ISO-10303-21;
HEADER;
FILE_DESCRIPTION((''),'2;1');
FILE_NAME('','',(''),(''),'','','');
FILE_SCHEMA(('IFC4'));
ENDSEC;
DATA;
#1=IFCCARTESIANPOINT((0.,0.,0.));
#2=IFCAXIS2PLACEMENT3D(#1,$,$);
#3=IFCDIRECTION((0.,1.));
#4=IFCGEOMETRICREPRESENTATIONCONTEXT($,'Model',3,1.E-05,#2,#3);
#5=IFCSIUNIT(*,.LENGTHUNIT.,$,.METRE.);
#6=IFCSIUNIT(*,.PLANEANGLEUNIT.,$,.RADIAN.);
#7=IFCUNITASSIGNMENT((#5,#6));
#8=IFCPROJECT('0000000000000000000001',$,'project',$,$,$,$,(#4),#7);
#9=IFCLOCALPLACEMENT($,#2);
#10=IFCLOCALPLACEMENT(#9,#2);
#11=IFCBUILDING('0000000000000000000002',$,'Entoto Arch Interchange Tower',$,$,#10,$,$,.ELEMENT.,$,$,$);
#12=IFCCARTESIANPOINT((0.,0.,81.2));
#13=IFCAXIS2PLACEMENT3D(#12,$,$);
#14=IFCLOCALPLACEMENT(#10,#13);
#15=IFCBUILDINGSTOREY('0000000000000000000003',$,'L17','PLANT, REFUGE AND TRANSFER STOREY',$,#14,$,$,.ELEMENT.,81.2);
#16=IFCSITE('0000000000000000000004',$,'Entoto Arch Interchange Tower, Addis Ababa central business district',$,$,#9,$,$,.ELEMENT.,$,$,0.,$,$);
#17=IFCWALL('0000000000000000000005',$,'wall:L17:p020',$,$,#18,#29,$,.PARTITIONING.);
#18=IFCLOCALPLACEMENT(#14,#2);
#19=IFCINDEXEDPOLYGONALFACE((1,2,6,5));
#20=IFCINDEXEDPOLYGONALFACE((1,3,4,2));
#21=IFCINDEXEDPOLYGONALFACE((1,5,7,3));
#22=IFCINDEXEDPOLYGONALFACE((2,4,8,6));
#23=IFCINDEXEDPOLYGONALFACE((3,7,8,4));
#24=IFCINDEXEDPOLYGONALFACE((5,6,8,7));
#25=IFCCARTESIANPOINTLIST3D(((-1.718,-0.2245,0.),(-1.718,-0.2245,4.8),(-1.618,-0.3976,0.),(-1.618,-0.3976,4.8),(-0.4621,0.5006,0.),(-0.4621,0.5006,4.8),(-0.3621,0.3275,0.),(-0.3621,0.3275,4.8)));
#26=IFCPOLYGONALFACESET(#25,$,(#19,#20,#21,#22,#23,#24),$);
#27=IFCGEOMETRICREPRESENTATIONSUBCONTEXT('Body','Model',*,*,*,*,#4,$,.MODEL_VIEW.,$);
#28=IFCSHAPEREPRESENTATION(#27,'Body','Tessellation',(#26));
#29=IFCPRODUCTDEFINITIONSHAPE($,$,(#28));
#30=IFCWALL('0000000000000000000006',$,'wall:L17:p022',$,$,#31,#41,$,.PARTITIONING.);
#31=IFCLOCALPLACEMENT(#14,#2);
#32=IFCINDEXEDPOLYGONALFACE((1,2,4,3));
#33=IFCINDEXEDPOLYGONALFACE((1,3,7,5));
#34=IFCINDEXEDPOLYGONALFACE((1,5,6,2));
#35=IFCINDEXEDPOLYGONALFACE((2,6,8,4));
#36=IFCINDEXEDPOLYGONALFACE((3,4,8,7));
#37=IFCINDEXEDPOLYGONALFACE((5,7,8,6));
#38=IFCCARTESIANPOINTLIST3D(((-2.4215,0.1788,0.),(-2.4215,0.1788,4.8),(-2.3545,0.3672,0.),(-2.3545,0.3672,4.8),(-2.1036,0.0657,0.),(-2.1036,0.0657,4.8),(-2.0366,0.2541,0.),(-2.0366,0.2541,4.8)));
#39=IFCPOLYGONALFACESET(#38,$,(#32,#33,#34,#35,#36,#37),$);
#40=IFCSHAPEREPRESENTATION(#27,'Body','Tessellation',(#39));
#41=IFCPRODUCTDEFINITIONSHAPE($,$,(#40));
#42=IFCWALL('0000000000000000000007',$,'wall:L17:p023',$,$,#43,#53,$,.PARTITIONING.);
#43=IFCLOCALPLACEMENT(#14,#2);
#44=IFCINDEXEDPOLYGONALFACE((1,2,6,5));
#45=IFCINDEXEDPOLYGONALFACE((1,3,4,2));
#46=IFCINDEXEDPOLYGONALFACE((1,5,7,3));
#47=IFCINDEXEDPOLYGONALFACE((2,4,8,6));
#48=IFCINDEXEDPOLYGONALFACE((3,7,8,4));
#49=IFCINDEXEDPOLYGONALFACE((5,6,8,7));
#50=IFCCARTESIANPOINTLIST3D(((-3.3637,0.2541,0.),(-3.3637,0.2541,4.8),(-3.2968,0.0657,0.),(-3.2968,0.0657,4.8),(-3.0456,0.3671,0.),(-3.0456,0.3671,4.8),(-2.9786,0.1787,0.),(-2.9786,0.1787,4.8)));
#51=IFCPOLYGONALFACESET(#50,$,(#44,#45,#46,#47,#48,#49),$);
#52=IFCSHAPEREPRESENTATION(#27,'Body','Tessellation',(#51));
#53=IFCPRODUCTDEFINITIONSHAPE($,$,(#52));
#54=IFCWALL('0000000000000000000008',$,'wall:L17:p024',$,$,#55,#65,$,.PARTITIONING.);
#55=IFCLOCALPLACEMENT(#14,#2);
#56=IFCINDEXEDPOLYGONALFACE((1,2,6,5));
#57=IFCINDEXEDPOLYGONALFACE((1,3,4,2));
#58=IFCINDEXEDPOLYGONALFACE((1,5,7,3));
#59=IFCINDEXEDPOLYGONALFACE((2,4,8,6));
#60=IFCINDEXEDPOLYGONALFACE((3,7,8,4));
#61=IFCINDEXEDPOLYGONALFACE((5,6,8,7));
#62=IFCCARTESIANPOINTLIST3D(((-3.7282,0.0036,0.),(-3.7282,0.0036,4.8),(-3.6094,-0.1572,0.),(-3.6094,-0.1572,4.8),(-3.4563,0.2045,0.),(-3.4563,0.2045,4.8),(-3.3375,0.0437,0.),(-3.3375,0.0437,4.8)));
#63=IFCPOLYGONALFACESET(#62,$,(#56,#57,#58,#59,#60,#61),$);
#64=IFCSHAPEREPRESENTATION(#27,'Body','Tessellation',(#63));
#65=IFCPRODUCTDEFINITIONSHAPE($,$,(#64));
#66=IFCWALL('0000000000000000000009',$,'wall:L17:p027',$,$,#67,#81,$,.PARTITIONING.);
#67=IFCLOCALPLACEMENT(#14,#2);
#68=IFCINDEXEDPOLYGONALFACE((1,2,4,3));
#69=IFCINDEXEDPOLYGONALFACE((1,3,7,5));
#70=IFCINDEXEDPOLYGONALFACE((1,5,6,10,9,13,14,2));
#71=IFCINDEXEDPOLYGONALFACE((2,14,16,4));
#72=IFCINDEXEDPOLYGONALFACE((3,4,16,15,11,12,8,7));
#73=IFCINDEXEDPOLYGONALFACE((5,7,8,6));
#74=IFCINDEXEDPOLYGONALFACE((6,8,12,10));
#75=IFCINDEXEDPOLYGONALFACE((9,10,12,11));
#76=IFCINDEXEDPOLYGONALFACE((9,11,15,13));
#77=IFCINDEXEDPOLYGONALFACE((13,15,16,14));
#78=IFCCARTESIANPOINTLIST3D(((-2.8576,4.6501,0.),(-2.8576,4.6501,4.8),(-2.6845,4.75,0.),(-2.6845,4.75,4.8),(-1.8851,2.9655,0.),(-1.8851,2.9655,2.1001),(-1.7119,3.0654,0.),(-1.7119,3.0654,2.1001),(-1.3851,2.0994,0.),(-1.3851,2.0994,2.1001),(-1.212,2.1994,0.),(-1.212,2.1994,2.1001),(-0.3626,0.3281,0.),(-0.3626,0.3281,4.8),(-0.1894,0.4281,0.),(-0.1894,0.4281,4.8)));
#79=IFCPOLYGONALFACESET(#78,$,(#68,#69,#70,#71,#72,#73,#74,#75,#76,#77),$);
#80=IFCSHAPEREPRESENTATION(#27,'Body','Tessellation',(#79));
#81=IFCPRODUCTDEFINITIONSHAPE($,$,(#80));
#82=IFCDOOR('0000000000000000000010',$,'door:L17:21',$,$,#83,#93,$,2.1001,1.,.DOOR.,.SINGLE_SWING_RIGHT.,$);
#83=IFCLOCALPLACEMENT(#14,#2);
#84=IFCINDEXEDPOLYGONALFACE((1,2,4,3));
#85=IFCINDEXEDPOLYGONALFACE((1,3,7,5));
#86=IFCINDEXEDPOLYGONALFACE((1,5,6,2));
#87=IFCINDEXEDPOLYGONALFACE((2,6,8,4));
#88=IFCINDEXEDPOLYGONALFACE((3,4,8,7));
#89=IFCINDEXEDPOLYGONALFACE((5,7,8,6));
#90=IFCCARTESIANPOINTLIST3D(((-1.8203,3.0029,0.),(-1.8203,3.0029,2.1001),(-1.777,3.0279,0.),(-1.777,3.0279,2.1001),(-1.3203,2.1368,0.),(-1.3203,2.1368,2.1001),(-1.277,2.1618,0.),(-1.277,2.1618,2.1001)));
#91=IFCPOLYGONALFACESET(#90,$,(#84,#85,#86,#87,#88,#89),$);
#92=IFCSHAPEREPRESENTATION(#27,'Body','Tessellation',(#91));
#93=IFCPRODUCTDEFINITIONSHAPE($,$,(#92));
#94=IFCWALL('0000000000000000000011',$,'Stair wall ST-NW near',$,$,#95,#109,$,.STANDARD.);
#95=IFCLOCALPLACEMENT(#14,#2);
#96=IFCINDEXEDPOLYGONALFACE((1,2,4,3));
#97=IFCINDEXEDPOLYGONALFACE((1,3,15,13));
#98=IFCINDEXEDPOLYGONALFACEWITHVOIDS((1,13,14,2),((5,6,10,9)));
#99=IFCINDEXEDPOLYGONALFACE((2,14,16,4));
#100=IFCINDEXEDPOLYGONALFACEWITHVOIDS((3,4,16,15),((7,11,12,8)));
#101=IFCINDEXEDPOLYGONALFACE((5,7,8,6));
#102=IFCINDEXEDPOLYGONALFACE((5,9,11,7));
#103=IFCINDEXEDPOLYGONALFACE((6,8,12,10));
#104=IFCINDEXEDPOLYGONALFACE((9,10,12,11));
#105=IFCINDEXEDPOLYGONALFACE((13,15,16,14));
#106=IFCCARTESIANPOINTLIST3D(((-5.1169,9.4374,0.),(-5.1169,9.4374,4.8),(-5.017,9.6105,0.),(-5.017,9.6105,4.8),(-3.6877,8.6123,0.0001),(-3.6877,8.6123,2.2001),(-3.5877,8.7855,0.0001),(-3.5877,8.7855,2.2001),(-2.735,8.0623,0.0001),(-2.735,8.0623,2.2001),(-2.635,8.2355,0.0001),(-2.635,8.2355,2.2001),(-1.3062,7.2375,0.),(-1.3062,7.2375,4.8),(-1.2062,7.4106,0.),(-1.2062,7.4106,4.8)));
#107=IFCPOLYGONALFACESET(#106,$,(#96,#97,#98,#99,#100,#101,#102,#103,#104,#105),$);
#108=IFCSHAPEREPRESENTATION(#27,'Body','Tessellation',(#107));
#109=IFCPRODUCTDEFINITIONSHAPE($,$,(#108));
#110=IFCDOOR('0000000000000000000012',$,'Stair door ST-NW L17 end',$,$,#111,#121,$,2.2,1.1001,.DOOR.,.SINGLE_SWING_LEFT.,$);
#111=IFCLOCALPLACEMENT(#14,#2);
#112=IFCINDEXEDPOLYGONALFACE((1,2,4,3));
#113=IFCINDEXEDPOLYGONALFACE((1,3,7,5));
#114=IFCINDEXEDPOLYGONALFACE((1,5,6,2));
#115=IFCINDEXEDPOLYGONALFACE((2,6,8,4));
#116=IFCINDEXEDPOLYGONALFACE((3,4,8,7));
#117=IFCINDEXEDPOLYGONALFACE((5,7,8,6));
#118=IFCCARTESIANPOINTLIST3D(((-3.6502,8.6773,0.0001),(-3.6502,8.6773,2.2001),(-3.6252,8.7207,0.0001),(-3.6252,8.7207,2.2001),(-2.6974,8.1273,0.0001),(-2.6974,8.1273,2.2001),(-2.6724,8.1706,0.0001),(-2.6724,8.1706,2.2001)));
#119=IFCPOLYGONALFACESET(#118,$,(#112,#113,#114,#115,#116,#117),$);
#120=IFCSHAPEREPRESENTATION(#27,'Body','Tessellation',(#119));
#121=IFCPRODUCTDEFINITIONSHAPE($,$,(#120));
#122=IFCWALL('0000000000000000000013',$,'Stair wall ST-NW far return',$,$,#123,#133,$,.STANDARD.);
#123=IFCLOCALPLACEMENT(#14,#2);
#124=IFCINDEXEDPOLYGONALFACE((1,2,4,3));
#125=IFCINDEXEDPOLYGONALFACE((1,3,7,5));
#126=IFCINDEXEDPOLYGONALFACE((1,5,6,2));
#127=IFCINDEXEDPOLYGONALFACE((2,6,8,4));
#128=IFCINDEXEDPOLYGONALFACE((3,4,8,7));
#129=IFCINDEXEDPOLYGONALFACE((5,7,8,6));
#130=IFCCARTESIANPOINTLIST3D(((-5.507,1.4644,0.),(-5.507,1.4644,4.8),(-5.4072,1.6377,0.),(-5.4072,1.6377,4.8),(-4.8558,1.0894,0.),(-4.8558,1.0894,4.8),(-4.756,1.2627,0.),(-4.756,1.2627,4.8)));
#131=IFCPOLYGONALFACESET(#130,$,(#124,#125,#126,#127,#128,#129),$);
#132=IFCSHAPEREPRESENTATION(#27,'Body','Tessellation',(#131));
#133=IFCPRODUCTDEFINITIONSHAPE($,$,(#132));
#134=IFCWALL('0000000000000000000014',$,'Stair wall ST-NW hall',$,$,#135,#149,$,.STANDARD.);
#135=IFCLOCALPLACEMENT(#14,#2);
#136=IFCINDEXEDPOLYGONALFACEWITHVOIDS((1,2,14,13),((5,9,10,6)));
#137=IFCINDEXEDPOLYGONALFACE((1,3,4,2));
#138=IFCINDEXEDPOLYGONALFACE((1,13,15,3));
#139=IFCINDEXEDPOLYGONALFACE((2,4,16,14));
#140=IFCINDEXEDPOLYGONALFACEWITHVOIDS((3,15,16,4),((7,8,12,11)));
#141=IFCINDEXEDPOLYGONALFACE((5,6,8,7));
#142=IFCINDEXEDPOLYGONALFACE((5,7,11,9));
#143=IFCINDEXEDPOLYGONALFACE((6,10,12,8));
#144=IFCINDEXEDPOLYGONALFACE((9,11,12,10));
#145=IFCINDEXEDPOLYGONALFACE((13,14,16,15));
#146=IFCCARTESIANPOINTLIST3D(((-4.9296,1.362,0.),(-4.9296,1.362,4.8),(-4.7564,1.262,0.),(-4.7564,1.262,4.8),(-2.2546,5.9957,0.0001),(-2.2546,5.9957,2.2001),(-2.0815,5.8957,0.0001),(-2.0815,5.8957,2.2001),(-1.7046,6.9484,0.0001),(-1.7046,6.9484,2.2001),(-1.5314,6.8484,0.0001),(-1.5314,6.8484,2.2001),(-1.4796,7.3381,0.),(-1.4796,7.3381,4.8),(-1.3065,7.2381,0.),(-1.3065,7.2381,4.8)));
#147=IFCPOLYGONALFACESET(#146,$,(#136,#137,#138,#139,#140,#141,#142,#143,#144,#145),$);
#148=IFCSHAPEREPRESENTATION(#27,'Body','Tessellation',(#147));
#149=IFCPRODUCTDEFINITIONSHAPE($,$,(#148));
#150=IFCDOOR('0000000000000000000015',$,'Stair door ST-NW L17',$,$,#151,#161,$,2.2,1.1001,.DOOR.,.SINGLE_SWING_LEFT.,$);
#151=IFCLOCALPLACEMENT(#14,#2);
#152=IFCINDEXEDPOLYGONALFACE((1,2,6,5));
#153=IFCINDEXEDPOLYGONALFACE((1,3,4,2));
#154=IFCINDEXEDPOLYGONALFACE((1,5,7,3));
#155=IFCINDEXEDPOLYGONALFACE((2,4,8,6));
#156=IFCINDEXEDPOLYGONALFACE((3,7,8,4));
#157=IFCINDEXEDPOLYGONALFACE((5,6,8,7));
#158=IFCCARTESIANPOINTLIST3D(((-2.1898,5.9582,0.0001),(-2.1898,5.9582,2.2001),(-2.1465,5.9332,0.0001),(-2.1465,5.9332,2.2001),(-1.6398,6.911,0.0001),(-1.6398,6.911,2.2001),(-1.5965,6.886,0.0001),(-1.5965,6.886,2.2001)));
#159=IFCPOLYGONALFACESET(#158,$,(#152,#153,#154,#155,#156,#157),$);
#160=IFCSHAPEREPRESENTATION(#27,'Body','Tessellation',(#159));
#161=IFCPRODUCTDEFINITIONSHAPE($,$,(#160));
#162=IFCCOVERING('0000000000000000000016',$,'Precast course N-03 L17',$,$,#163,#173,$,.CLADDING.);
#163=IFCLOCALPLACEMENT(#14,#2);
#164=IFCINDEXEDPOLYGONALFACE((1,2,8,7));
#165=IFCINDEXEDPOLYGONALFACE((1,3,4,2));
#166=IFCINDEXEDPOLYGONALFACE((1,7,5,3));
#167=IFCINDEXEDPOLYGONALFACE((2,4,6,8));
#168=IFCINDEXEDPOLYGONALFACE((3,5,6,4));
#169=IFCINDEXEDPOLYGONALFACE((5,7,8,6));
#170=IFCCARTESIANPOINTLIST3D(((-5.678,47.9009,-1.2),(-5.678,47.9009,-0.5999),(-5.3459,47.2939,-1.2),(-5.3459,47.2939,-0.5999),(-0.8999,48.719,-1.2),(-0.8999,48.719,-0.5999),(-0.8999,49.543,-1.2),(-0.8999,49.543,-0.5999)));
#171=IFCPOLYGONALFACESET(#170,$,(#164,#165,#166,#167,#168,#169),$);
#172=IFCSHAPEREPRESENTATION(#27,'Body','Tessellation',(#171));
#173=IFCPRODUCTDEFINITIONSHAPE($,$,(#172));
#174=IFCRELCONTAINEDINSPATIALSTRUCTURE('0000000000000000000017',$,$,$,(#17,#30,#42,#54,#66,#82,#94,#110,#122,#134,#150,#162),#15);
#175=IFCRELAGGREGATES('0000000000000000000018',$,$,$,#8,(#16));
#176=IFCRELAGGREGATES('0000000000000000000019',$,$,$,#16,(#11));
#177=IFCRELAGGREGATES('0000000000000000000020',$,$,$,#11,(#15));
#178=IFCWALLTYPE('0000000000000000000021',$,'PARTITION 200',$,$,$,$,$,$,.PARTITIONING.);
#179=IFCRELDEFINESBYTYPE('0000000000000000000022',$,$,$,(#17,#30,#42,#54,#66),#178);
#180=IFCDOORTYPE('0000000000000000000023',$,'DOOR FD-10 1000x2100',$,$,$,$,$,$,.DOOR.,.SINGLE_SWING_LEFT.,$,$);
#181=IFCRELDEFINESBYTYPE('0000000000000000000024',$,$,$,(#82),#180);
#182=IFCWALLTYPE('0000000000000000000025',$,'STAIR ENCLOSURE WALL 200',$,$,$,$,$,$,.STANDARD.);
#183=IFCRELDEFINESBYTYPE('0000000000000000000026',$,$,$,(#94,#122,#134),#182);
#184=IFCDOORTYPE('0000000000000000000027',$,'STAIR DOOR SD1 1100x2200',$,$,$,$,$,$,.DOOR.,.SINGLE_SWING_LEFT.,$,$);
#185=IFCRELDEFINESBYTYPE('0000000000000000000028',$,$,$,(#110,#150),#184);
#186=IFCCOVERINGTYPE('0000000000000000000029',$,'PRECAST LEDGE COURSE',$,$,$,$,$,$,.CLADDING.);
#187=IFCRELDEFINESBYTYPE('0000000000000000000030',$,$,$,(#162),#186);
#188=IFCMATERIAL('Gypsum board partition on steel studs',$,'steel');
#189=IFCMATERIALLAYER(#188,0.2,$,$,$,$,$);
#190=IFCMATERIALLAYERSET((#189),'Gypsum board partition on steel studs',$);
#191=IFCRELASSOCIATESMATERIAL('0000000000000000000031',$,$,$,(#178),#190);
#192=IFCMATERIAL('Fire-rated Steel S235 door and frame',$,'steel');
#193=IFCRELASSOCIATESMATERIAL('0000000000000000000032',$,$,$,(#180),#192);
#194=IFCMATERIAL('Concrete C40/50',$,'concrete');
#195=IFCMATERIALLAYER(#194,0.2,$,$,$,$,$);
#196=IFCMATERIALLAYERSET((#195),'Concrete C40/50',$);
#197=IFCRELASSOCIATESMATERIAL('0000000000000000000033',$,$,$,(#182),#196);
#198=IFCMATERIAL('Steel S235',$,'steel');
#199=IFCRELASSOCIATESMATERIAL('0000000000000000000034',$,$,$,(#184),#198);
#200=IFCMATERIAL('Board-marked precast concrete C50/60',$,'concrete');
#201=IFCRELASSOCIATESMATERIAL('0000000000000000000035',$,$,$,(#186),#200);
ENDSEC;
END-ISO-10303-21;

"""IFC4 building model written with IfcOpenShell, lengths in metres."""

from ifc_helpers import new_model, si_unit, direction, frame, frame_2d, origin, place, context, subcontext, project, spatial, polyline, rectangle, outline, extrude, material, layer, layer_set, type_object, element, fill, save


model = new_model("IFC4")

# Units and contexts
model_context = context("Model", 3, precision=1e-05, world=origin(), true_north=direction((0.0, 1.0)))
body_context = subcontext(model_context, "Body", "Model", "MODEL_VIEW")
ifc_project = project(units=[si_unit("LENGTHUNIT", "METRE"), si_unit("PLANEANGLEUNIT", "RADIAN")], contexts=[model_context])

# Site, building, storey
site_placement = place(None, origin())
site = spatial("IfcSite", under=ifc_project, at=site_placement, Name="Entoto Arch Interchange Tower, Addis Ababa central business district", CompositionType="ELEMENT", RefElevation=0.0)
building_placement = place(site_placement, origin())
building = spatial("IfcBuilding", under=site, at=building_placement, Name="Entoto Arch Interchange Tower", CompositionType="ELEMENT")
storey_placement = place(building_placement, frame((0.0, 0.0, 81.2)))
storey = spatial("IfcBuildingStorey", under=building, at=storey_placement, Name="L17", Description="PLANT, REFUGE AND TRANSFER STOREY", CompositionType="ELEMENT", Elevation=81.2)

# Walls
ifc_material_1 = material(Name="Gypsum board partition on steel studs", Category="steel")
ifc_layer_1 = layer(ifc_material_1, 0.2)
ifc_layer_set_1 = layer_set([ifc_layer_1], Name="Gypsum board partition on steel studs")
wall_type_1 = type_object("IfcWallType", Name="PARTITION 200", PredefinedType="PARTITIONING", material=ifc_layer_set_1)
wall_1_placement = place(storey_placement, frame((-0.4121, 0.4141, 0.0), z_axis=(0.0, 0.0, 1.0), x_axis=(-0.866017, -0.500014, 0.0)))
element("IfcWall", 1, at=wall_1_placement, inside=storey, type_object=wall_type_1, Name="wall:L17:p020", PredefinedType="PARTITIONING", context=body_context, shape_type="SweptSolid", body=[
    extrude(rectangle(XDim=1.4502, YDim=0.2, at=frame_2d((0.7251, 0.0))), origin(), (0.0, 0.0, 1.0), 4.8),
])
wall_2_placement = place(storey_placement, frame((-2.0701, 0.1599, 0.0), z_axis=(0.0, 0.0, 1.0), x_axis=(-0.942199, 0.335052, 0.0)))
element("IfcWall", 2, at=wall_2_placement, inside=storey, type_object=wall_type_1, Name="wall:L17:p022", PredefinedType="PARTITIONING", context=body_context, shape_type="SweptSolid", body=[
    extrude(rectangle(XDim=0.3374, YDim=0.2, at=frame_2d((0.1687, 0.0))), origin(), (0.0, 0.0, 1.0), 4.8),
])
wall_3_placement = place(storey_placement, frame((-3.012, 0.2729, 0.0), z_axis=(0.0, 0.0, 1.0), x_axis=(-0.942281, -0.334824, 0.0)))
element("IfcWall", 3, at=wall_3_placement, inside=storey, type_object=wall_type_1, Name="wall:L17:p023", PredefinedType="PARTITIONING", context=body_context, shape_type="SweptSolid", body=[
    extrude(rectangle(XDim=0.3376, YDim=0.2, at=frame_2d((0.1689, 0.0))), origin(), (0.0, 0.0, 1.0), 4.8),
])
wall_4_placement = place(storey_placement, frame((-3.397, 0.124, 0.0), z_axis=(0.0, 0.0, 1.0), x_axis=(-0.804311, -0.594208, 0.0)))
element("IfcWall", 4, at=wall_4_placement, inside=storey, type_object=wall_type_1, Name="wall:L17:p024", PredefinedType="PARTITIONING", context=body_context, shape_type="SweptSolid", body=[
    extrude(rectangle(XDim=0.3381, YDim=0.2, at=frame_2d((0.1689, 0.0))), origin(), (0.0, 0.0, 1.0), 4.8),
])

# Walls, openings, doors
wall_5_placement = place(storey_placement, frame((-2.771, 4.7, 0.0), z_axis=(0.0, 0.0, 1.0), x_axis=(0.499969, -0.866043, 0.0)))
wall_5 = element("IfcWall", 5, at=wall_5_placement, inside=storey, type_object=wall_type_1, Name="wall:L17:p027", PredefinedType="PARTITIONING", context=body_context, shape_type="SweptSolid", body=[
    extrude(rectangle(XDim=4.9905, YDim=0.2, at=frame_2d((2.4951, 0.0))), origin(), (0.0, 0.0, 1.0), 4.8),
])
opening_1_placement = place(wall_5_placement, frame((1.9451, 0.0, 0.0)))
opening_1 = element("IfcOpeningElement", 6, at=opening_1_placement, cuts=wall_5, PredefinedType="OPENING", context=body_context, shape_type="SweptSolid", body=[
    extrude(rectangle(XDim=1.0, YDim=2.1001, at=frame_2d((0.5, 1.05))), frame((0.0, 0.1099, 0.0), z_axis=(0.0, -1.0, 0.0), x_axis=(1.0, 0.0, 0.0)), (0.0, 0.0, 1.0), 0.22),
])
ifc_material_2 = material(Name="Fire-rated Steel S235 door and frame", Category="steel")
door_type_1 = type_object("IfcDoorType", Name="DOOR FD-10 1000x2100", OperationType="SINGLE_SWING_LEFT", PredefinedType="DOOR", material=ifc_material_2)
door_1_placement = place(opening_1_placement, origin())
door_1 = element("IfcDoor", 7, at=door_1_placement, inside=storey, type_object=door_type_1, Name="door:L17:21", OperationType="SINGLE_SWING_RIGHT", OverallHeight=2.1001, OverallWidth=1.0, PredefinedType="DOOR", context=body_context, shape_type="SweptSolid", body=[
    extrude(rectangle(XDim=1.0, YDim=2.1001, at=frame_2d((0.5, 1.05))), frame((0.0, 0.0249, 0.0), z_axis=(0.0, -1.0, 0.0), x_axis=(1.0, 0.0, 0.0)), (0.0, 0.0, 1.0), 0.05),
])
fill(opening_1, door_1)
ifc_material_3 = material(Name="Concrete C40/50", Category="concrete")
ifc_layer_2 = layer(ifc_material_3, 0.2)
ifc_layer_set_2 = layer_set([ifc_layer_2], Name="Concrete C40/50")
wall_type_2 = type_object("IfcWallType", Name="STAIR ENCLOSURE WALL 200", PredefinedType="STANDARD", material=ifc_layer_set_2)
wall_6_placement = place(storey_placement, frame((-1.2561, 7.324, 0.0), z_axis=(0.0, 0.0, 1.0), x_axis=(-0.866046, 0.499964, 0.0)))
wall_6 = element("IfcWall", 8, at=wall_6_placement, inside=storey, type_object=wall_type_2, Name="Stair wall ST-NW near", PredefinedType="STANDARD", context=body_context, shape_type="SweptSolid", body=[
    extrude(rectangle(XDim=4.4001, YDim=0.2, at=frame_2d((2.2002, 0.0))), origin(), (0.0, 0.0, 1.0), 4.8),
])
opening_2_placement = place(wall_6_placement, frame((1.6499, 0.0, 0.0)))
opening_2 = element("IfcOpeningElement", 9, at=opening_2_placement, cuts=wall_6, PredefinedType="OPENING", context=body_context, shape_type="SweptSolid", body=[
    extrude(rectangle(XDim=1.1001, YDim=2.2, at=frame_2d((0.55, 1.1001))), frame((0.0, 0.1099, 0.0), z_axis=(0.0, -1.0, 0.0), x_axis=(1.0, 0.0, 0.0)), (0.0, 0.0, 1.0), 0.22),
])
ifc_material_4 = material(Name="Steel S235", Category="steel")
door_type_2 = type_object("IfcDoorType", Name="STAIR DOOR SD1 1100x2200", OperationType="SINGLE_SWING_LEFT", PredefinedType="DOOR", material=ifc_material_4)
door_2_placement = place(opening_2_placement, origin())
door_2 = element("IfcDoor", 10, at=door_2_placement, inside=storey, type_object=door_type_2, Name="Stair door ST-NW L17 end", OperationType="SINGLE_SWING_LEFT", OverallHeight=2.2, OverallWidth=1.1001, PredefinedType="DOOR", context=body_context, shape_type="SweptSolid", body=[
    extrude(rectangle(XDim=1.1001, YDim=2.2, at=frame_2d((0.55, 1.1001))), frame((0.0, 0.0249, 0.0), z_axis=(0.0, -1.0, 0.0), x_axis=(1.0, 0.0, 0.0)), (0.0, 0.0, 1.0), 0.05),
])
fill(opening_2, door_2)

# Wall
wall_7_placement = place(storey_placement, frame((-4.8059, 1.176, 0.0), z_axis=(0.0, 0.0, 1.0), x_axis=(-0.866559, 0.499075, 0.0)))
element("IfcWall", 11, at=wall_7_placement, inside=storey, type_object=wall_type_2, Name="Stair wall ST-NW far return", PredefinedType="STANDARD", context=body_context, shape_type="SweptSolid", body=[
    extrude(rectangle(XDim=0.7515, YDim=0.2, at=frame_2d((0.3757, 0.0))), origin(), (0.0, 0.0, 1.0), 4.8),
])

# Wall, opening, door
wall_8_placement = place(storey_placement, frame((-1.3931, 7.2881, 0.0), z_axis=(0.0, 0.0, 1.0), x_axis=(-0.499963, -0.866047, 0.0)))
wall_8 = element("IfcWall", 12, at=wall_8_placement, inside=storey, type_object=wall_type_2, Name="Stair wall ST-NW hall", PredefinedType="STANDARD", context=body_context, shape_type="SweptSolid", body=[
    extrude(rectangle(XDim=6.9004, YDim=0.2, at=frame_2d((3.4502, 0.0))), origin(), (0.0, 0.0, 1.0), 4.8),
])
opening_3_placement = place(wall_8_placement, frame((0.45, 0.0, 0.0)))
opening_3 = element("IfcOpeningElement", 13, at=opening_3_placement, cuts=wall_8, PredefinedType="OPENING", context=body_context, shape_type="SweptSolid", body=[
    extrude(rectangle(XDim=1.1001, YDim=2.2, at=frame_2d((0.55, 1.1001))), frame((0.0, 0.1099, 0.0), z_axis=(0.0, -1.0, 0.0), x_axis=(1.0, 0.0, 0.0)), (0.0, 0.0, 1.0), 0.22),
])
door_3_placement = place(opening_3_placement, origin())
door_3 = element("IfcDoor", 14, at=door_3_placement, inside=storey, type_object=door_type_2, Name="Stair door ST-NW L17", OperationType="SINGLE_SWING_LEFT", OverallHeight=2.2, OverallWidth=1.1001, PredefinedType="DOOR", context=body_context, shape_type="SweptSolid", body=[
    extrude(rectangle(XDim=1.1001, YDim=2.2, at=frame_2d((0.55, 1.1001))), frame((0.0, 0.0249, 0.0), z_axis=(0.0, -1.0, 0.0), x_axis=(1.0, 0.0, 0.0)), (0.0, 0.0, 1.0), 0.05),
])
fill(opening_3, door_3)

# Covering
ifc_material_5 = material(Name="Board-marked precast concrete C50/60", Category="concrete")
covering_type = type_object("IfcCoveringType", Name="PRECAST LEDGE COURSE", PredefinedType="CLADDING", material=ifc_material_5)
covering_1_placement = place(storey_placement, frame((0.0, 0.0, -1.2)))
element("IfcCovering", 15, at=covering_1_placement, inside=storey, type_object=covering_type, Name="Precast course N-03 L17", PredefinedType="CLADDING", context=body_context, shape_type="SweptSolid", body=[
    extrude(outline(polyline([(-5.3459, 47.2939), (-5.678, 47.9009), (-0.8999, 49.543), (-0.8999, 48.719), (-5.3459, 47.2939)])), origin(), (0.0, 0.0, 1.0), 0.6001),
])

save(model, "model.ifc")
